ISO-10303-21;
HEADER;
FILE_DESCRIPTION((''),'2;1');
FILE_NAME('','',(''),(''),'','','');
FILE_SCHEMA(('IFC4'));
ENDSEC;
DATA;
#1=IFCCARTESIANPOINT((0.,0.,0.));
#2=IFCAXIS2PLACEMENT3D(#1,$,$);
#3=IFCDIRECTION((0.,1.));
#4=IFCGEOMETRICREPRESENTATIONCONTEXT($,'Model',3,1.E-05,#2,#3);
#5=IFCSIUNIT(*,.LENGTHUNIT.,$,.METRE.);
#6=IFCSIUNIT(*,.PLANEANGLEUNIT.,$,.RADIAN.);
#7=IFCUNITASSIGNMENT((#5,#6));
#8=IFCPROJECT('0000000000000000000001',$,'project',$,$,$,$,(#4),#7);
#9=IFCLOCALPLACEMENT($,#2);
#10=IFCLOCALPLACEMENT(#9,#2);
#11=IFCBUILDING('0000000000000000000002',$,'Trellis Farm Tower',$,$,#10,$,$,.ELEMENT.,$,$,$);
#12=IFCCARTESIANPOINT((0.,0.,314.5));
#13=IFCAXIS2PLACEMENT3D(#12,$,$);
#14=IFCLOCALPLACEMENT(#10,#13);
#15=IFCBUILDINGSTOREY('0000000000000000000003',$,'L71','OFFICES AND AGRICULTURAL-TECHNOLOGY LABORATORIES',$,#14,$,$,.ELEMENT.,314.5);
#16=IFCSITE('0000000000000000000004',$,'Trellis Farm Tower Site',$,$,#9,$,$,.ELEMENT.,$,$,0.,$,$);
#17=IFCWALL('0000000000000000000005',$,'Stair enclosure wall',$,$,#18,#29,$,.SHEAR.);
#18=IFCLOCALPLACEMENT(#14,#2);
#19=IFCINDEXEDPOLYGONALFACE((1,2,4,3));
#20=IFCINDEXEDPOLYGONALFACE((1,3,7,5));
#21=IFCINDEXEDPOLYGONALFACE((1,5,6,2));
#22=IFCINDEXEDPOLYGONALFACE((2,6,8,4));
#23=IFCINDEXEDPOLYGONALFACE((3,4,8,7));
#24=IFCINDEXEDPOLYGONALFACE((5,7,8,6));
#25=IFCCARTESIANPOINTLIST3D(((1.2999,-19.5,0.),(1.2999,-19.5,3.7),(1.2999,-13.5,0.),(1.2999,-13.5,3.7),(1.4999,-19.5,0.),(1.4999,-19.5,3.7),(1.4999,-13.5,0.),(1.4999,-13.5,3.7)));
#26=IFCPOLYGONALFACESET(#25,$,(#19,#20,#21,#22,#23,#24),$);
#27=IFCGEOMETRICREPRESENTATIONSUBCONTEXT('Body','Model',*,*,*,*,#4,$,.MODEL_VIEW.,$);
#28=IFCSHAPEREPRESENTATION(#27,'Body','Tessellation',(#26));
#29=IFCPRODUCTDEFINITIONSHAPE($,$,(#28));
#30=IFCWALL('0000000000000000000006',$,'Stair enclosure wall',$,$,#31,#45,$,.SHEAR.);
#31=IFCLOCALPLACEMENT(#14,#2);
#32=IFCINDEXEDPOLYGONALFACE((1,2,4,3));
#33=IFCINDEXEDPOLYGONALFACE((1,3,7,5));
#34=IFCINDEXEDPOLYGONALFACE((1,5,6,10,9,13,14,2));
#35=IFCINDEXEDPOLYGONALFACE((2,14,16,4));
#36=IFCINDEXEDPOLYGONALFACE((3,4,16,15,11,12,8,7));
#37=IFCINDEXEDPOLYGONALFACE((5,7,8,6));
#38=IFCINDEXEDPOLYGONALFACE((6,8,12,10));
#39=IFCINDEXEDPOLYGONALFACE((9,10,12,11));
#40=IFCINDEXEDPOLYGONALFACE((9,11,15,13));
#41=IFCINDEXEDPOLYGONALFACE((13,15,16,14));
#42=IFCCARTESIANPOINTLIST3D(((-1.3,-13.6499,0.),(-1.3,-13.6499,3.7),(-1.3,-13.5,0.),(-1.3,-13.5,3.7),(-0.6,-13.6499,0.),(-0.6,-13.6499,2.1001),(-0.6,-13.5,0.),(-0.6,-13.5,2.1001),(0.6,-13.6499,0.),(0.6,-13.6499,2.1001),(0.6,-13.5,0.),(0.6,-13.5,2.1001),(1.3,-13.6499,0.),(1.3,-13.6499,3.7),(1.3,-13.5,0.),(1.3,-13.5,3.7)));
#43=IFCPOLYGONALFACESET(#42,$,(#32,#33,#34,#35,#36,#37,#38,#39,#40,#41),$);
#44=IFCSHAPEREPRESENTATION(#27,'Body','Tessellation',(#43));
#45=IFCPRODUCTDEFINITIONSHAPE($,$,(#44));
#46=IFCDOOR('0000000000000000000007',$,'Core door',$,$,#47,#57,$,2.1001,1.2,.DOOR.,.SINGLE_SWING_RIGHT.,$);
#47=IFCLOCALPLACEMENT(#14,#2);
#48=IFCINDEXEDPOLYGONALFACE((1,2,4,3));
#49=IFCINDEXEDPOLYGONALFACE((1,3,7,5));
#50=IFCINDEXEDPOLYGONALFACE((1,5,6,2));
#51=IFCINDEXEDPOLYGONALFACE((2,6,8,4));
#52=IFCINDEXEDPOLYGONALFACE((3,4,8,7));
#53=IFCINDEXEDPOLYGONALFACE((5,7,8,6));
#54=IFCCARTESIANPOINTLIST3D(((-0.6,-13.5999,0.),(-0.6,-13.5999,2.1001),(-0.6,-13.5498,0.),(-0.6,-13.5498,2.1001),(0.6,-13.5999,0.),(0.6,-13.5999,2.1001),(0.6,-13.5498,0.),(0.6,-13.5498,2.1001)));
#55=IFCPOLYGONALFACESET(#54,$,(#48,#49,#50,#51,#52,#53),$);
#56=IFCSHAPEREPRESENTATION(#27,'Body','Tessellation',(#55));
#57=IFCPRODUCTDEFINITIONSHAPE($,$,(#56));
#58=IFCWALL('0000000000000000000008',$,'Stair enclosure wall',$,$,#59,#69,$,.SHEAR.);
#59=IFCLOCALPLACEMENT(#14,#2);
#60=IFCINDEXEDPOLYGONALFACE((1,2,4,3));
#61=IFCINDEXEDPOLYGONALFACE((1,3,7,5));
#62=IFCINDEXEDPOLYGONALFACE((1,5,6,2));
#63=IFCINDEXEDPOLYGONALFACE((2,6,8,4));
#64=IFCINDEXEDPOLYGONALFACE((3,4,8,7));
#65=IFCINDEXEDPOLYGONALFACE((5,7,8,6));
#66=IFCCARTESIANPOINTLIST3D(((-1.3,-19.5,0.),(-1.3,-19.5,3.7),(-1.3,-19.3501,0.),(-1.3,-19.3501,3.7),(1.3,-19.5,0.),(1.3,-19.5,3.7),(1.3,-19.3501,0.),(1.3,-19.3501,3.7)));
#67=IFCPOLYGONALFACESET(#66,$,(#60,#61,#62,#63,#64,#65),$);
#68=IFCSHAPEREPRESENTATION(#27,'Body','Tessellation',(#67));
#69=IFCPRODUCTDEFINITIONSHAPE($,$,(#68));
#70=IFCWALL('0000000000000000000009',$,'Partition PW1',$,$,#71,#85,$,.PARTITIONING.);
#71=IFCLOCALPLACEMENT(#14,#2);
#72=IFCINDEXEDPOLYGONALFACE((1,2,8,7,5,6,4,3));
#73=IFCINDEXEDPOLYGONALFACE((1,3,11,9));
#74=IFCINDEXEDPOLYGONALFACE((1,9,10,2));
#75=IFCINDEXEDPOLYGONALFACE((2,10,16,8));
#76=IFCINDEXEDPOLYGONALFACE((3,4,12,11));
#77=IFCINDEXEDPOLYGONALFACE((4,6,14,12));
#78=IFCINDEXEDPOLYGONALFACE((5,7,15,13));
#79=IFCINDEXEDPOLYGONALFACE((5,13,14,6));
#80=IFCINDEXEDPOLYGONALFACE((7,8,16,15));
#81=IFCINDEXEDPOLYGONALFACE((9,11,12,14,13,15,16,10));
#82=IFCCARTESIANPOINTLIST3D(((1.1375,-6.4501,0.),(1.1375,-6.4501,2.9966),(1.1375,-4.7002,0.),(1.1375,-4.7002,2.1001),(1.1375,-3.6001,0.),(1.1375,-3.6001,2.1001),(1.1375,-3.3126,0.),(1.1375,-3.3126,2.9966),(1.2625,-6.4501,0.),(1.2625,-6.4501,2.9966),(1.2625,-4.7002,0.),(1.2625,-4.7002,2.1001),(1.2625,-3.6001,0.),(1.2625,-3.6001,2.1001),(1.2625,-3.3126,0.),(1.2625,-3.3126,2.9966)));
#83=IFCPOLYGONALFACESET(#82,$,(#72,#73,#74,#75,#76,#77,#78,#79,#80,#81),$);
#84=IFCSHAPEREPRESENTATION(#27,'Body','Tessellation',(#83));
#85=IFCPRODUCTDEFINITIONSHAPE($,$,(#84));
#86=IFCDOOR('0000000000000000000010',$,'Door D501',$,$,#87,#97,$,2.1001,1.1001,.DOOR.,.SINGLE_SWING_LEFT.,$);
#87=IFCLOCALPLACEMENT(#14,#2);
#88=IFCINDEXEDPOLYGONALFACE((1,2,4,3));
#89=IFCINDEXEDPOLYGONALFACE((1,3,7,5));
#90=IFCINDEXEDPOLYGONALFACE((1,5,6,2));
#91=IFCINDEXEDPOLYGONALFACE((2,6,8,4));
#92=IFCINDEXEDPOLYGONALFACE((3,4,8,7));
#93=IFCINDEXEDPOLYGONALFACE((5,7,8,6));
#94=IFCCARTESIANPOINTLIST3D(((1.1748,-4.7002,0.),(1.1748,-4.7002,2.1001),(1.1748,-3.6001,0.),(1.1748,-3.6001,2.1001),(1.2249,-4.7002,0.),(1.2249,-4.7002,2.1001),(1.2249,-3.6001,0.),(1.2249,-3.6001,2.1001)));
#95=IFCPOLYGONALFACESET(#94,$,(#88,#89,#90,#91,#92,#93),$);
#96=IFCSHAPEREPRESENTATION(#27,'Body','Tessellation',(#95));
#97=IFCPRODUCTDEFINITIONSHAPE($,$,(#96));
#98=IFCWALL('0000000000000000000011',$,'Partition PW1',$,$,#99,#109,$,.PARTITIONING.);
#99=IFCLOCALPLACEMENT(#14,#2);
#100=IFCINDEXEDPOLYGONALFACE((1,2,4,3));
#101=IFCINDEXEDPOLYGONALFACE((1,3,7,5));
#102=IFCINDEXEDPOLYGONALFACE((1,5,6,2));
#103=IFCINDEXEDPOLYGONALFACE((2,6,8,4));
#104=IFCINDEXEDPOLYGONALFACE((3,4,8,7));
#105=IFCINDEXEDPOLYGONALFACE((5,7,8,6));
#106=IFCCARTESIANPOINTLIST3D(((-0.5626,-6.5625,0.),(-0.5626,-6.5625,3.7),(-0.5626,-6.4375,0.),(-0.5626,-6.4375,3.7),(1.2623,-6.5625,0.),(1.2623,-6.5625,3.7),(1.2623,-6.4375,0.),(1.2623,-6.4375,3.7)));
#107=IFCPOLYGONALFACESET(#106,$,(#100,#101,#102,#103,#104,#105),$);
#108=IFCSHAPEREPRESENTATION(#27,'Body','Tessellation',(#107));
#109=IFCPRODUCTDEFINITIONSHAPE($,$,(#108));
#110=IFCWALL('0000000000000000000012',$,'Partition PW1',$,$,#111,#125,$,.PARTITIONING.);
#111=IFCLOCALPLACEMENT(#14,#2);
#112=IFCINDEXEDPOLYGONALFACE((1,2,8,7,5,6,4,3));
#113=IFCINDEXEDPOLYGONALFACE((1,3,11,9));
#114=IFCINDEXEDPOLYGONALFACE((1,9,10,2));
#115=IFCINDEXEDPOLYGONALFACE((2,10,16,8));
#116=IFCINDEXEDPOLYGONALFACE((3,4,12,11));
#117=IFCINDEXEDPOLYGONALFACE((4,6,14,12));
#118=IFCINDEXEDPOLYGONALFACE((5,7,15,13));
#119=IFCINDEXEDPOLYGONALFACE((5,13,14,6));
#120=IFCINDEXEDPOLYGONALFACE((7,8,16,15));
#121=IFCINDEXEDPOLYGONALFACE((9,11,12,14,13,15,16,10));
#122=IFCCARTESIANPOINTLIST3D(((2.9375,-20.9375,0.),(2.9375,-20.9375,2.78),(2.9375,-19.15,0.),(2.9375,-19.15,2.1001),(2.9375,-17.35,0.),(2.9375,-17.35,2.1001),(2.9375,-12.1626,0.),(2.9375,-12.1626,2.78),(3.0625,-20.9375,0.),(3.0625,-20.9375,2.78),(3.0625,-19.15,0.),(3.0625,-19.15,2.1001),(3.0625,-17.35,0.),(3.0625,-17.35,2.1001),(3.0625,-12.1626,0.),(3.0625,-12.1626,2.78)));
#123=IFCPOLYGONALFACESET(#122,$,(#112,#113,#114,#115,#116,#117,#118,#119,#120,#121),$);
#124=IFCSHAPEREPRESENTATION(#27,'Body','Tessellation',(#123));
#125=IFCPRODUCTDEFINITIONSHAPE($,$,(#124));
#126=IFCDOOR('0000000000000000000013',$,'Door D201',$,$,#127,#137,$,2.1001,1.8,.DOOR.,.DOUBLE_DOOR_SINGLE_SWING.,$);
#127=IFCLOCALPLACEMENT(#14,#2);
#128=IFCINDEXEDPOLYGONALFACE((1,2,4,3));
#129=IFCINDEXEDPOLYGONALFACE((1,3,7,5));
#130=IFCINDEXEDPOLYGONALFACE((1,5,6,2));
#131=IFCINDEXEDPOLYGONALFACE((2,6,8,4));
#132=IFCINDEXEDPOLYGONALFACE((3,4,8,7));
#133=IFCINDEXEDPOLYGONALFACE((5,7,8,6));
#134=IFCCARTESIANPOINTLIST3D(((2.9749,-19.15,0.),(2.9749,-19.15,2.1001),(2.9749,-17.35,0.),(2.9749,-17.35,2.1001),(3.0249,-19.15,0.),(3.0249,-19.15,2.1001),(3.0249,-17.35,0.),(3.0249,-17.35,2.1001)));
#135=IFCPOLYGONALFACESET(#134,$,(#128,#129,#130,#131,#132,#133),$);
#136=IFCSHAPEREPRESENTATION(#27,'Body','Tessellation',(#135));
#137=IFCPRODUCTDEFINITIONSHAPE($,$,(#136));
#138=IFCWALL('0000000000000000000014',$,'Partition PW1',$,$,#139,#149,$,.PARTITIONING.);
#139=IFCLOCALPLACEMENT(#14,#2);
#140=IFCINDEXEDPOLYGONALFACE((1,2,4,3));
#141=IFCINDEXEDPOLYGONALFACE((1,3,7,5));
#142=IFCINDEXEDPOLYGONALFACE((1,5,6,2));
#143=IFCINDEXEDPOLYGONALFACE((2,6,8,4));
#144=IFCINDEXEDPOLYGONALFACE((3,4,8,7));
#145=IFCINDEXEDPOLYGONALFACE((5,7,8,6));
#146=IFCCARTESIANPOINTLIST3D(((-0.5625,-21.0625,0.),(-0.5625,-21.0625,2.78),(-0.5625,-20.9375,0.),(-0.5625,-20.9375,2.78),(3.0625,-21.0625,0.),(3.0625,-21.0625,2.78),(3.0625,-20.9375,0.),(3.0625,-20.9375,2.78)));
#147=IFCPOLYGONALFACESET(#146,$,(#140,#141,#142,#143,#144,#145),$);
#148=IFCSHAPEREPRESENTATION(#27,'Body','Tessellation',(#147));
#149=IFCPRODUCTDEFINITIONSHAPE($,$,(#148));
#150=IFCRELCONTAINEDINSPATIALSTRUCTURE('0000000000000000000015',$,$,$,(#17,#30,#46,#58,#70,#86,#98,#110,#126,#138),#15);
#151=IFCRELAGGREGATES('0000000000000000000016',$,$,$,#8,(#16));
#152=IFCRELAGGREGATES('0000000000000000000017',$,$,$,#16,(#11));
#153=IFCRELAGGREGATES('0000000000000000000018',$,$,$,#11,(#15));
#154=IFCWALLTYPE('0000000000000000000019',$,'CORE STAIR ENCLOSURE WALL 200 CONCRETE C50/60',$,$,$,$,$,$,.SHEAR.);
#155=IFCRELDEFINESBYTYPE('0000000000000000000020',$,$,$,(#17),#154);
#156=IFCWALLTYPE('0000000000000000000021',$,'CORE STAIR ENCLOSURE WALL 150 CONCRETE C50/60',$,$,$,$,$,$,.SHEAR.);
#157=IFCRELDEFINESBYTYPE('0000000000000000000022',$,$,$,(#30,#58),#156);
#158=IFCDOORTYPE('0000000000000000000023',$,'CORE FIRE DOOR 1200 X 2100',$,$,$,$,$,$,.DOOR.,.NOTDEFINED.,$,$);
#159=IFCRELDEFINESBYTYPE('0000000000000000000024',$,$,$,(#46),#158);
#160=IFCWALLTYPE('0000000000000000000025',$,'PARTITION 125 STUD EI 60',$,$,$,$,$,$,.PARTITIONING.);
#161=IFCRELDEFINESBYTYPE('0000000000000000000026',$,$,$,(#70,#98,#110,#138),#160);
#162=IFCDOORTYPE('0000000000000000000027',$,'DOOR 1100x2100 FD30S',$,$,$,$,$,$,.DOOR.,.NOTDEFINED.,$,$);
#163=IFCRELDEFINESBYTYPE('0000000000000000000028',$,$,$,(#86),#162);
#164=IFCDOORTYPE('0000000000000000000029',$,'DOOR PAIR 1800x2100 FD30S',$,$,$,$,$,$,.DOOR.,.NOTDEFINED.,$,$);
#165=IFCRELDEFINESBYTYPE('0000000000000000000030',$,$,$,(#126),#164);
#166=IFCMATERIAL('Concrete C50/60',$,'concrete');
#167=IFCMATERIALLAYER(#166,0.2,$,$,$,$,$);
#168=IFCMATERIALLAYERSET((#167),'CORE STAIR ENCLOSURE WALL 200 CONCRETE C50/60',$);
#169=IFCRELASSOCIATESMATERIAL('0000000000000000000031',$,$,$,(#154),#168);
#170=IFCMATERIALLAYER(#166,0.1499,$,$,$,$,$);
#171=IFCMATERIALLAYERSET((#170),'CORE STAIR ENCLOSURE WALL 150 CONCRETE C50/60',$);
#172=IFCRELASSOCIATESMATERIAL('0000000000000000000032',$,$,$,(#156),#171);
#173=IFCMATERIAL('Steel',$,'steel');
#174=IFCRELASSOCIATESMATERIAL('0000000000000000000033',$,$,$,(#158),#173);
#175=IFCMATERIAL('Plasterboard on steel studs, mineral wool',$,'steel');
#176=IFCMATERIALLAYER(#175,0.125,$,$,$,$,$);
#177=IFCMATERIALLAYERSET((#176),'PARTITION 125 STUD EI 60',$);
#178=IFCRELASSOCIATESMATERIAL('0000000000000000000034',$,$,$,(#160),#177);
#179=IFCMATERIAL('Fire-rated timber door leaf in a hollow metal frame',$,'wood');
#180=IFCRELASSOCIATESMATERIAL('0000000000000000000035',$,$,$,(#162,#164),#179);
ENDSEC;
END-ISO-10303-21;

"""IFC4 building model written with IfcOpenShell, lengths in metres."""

from ifc_helpers import new_model, si_unit, direction, frame, frame_2d, origin, place, context, subcontext, project, spatial, rectangle, extrude, source, transform, mapped, material, layer, layer_set, type_object, element, fill, save


model = new_model("IFC4")

# Units and contexts
model_context = context("Model", 3, precision=1e-05, world=origin(), true_north=direction((0.0, 1.0)))
body_context = subcontext(model_context, "Body", "Model", "MODEL_VIEW")
ifc_project = project(units=[si_unit("LENGTHUNIT", "METRE"), si_unit("PLANEANGLEUNIT", "RADIAN")], contexts=[model_context])

# Site, building, storey
site_placement = place(None, origin())
site = spatial("IfcSite", under=ifc_project, at=site_placement, Name="Trellis Farm Tower Site", CompositionType="ELEMENT", RefElevation=0.0)
building_placement = place(site_placement, origin())
building = spatial("IfcBuilding", under=site, at=building_placement, Name="Trellis Farm Tower", CompositionType="ELEMENT")
storey_placement = place(building_placement, frame((0.0, 0.0, 314.5)))
storey = spatial("IfcBuildingStorey", under=building, at=storey_placement, Name="L71", Description="OFFICES AND AGRICULTURAL-TECHNOLOGY LABORATORIES", CompositionType="ELEMENT", Elevation=314.5)

# Wall
ifc_material_1 = material(Name="Concrete C50/60", Category="concrete")
ifc_layer_1 = layer(ifc_material_1, 0.2)
ifc_layer_set_1 = layer_set([ifc_layer_1], Name="CORE STAIR ENCLOSURE WALL 200 CONCRETE C50/60")
wall_type_1 = type_object("IfcWallType", Name="CORE STAIR ENCLOSURE WALL 200 CONCRETE C50/60", PredefinedType="SHEAR", material=ifc_layer_set_1)
shared_shape_1 = source(origin(), body_context, "Body", "SweptSolid", [
    extrude(rectangle(XDim=6.0, YDim=0.2, at=frame_2d((3.0, 0.0))), origin(), (0.0, 0.0, 1.0), 3.7),
])
wall_1_placement = place(storey_placement, frame((1.3999, -13.5, 0.0), z_axis=(0.0, 0.0, 1.0), x_axis=(0.0, -1.0, 0.0)))
element("IfcWall", 1, at=wall_1_placement, inside=storey, type_object=wall_type_1, Name="Stair enclosure wall", PredefinedType="SHEAR", context=body_context, shape_type="MappedRepresentation", body=[
    mapped(shared_shape_1, transform((0.0, 0.0, 0.0))),
])

# Wall, opening, door
ifc_layer_2 = layer(ifc_material_1, 0.1499)
ifc_layer_set_2 = layer_set([ifc_layer_2], Name="CORE STAIR ENCLOSURE WALL 150 CONCRETE C50/60")
wall_type_2 = type_object("IfcWallType", Name="CORE STAIR ENCLOSURE WALL 150 CONCRETE C50/60", PredefinedType="SHEAR", material=ifc_layer_set_2)
shared_shape_2 = source(origin(), body_context, "Body", "SweptSolid", [
    extrude(rectangle(XDim=2.6001, YDim=0.1499, at=frame_2d((1.3, 0.0))), origin(), (0.0, 0.0, 1.0), 3.7),
])
wall_2_placement = place(storey_placement, frame((1.3, -13.575, 0.0), z_axis=(0.0, 0.0, 1.0), x_axis=(-1.0, 0.0, 0.0)))
wall_2 = element("IfcWall", 2, at=wall_2_placement, inside=storey, type_object=wall_type_2, Name="Stair enclosure wall", PredefinedType="SHEAR", context=body_context, shape_type="MappedRepresentation", body=[
    mapped(shared_shape_2, transform((0.0, 0.0, 0.0))),
])
shared_shape_3 = source(origin(), body_context, "Body", "SweptSolid", [
    extrude(rectangle(XDim=1.2, YDim=2.1001, at=frame_2d((0.6001, 1.05))), frame((0.0, 0.085, 0.0), z_axis=(0.0, -1.0, 0.0), x_axis=(1.0, 0.0, 0.0)), (0.0, 0.0, 1.0), 0.1699),
])
opening_1_placement = place(wall_2_placement, frame((0.7, 0.0, 0.0)))
opening_1 = element("IfcOpeningElement", 3, at=opening_1_placement, cuts=wall_2, PredefinedType="OPENING", context=body_context, shape_type="MappedRepresentation", body=[
    mapped(shared_shape_3, transform((0.0, 0.0, 0.0))),
])
ifc_material_2 = material(Name="Steel", Category="steel")
door_type_1 = type_object("IfcDoorType", Name="CORE FIRE DOOR 1200 X 2100", OperationType="NOTDEFINED", PredefinedType="DOOR", material=ifc_material_2)
shared_shape_4 = source(origin(), body_context, "Body", "SweptSolid", [
    extrude(rectangle(XDim=1.2, YDim=2.1001, at=frame_2d((0.6001, 1.05))), frame((0.0, 0.0249, 0.0), z_axis=(0.0, -1.0, 0.0), x_axis=(1.0, 0.0, 0.0)), (0.0, 0.0, 1.0), 0.05),
])
door_1_placement = place(opening_1_placement, origin())
door_1 = element("IfcDoor", 4, at=door_1_placement, inside=storey, type_object=door_type_1, Name="Core door", OperationType="SINGLE_SWING_RIGHT", OverallHeight=2.1001, OverallWidth=1.2, PredefinedType="DOOR", context=body_context, shape_type="MappedRepresentation", body=[
    mapped(shared_shape_4, transform((0.0, 0.0, 0.0))),
])
fill(opening_1, door_1)

# Wall
wall_3_placement = place(storey_placement, frame((1.3, -19.425, 0.0), z_axis=(0.0, 0.0, 1.0), x_axis=(-1.0, 0.0, 0.0)))
element("IfcWall", 5, at=wall_3_placement, inside=storey, type_object=wall_type_2, Name="Stair enclosure wall", PredefinedType="SHEAR", context=body_context, shape_type="MappedRepresentation", body=[
    mapped(shared_shape_2, transform((0.0, 0.0, 0.0))),
])

# Wall, opening, door
ifc_material_3 = material(Name="Plasterboard on steel studs, mineral wool", Category="steel")
ifc_layer_3 = layer(ifc_material_3, 0.125)
ifc_layer_set_3 = layer_set([ifc_layer_3], Name="PARTITION 125 STUD EI 60")
wall_type_3 = type_object("IfcWallType", Name="PARTITION 125 STUD EI 60", PredefinedType="PARTITIONING", material=ifc_layer_set_3)
shared_shape_5 = source(origin(), body_context, "Body", "SweptSolid", [
    extrude(rectangle(XDim=3.1375, YDim=0.125, at=frame_2d((1.5688, 0.0))), origin(), (0.0, 0.0, 1.0), 2.9966),
])
wall_4_placement = place(storey_placement, frame((1.2, -3.3125, 0.0), z_axis=(0.0, 0.0, 1.0), x_axis=(0.0, -1.0, 0.0)))
wall_4 = element("IfcWall", 6, at=wall_4_placement, inside=storey, type_object=wall_type_3, Name="Partition PW1", PredefinedType="PARTITIONING", context=body_context, shape_type="MappedRepresentation", body=[
    mapped(shared_shape_5, transform((0.0, 0.0, 0.0))),
])
shared_shape_6 = source(origin(), body_context, "Body", "SweptSolid", [
    extrude(rectangle(XDim=1.1001, YDim=2.1001, at=frame_2d((0.55, 1.05))), frame((0.0, 0.0725, 0.0), z_axis=(0.0, -1.0, 0.0), x_axis=(1.0, 0.0, 0.0)), (0.0, 0.0, 1.0), 0.145),
])
opening_2_placement = place(wall_4_placement, frame((0.2876, 0.0, 0.0)))
opening_2 = element("IfcOpeningElement", 7, at=opening_2_placement, cuts=wall_4, PredefinedType="OPENING", context=body_context, shape_type="MappedRepresentation", body=[
    mapped(shared_shape_6, transform((0.0, 0.0, 0.0))),
])
ifc_material_4 = material(Name="Fire-rated timber door leaf in a hollow metal frame", Category="wood")
door_type_2 = type_object("IfcDoorType", Name="DOOR 1100x2100 FD30S", OperationType="NOTDEFINED", PredefinedType="DOOR", material=ifc_material_4)
shared_shape_7 = source(origin(), body_context, "Body", "SweptSolid", [
    extrude(rectangle(XDim=1.1001, YDim=2.1001, at=frame_2d((0.55, 1.05))), frame((0.0, 0.0249, 0.0), z_axis=(0.0, -1.0, 0.0), x_axis=(1.0, 0.0, 0.0)), (0.0, 0.0, 1.0), 0.05),
])
door_2_placement = place(opening_2_placement, origin())
door_2 = element("IfcDoor", 8, at=door_2_placement, inside=storey, type_object=door_type_2, Name="Door D501", OperationType="SINGLE_SWING_LEFT", OverallHeight=2.1001, OverallWidth=1.1001, PredefinedType="DOOR", context=body_context, shape_type="MappedRepresentation", body=[
    mapped(shared_shape_7, transform((0.0, 0.0, 0.0))),
])
fill(opening_2, door_2)

# Wall
shared_shape_8 = source(origin(), body_context, "Body", "SweptSolid", [
    extrude(rectangle(XDim=1.825, YDim=0.125, at=frame_2d((0.9126, 0.0))), origin(), (0.0, 0.0, 1.0), 3.7),
])
wall_5_placement = place(storey_placement, frame((1.2625, -6.5, 0.0), z_axis=(0.0, 0.0, 1.0), x_axis=(-1.0, 0.0, 0.0)))
element("IfcWall", 9, at=wall_5_placement, inside=storey, type_object=wall_type_3, Name="Partition PW1", PredefinedType="PARTITIONING", context=body_context, shape_type="MappedRepresentation", body=[
    mapped(shared_shape_8, transform((0.0, 0.0, 0.0))),
])

# Wall, opening, door
shared_shape_9 = source(origin(), body_context, "Body", "SweptSolid", [
    extrude(rectangle(XDim=8.7749, YDim=0.125, at=frame_2d((4.3875, 0.0))), origin(), (0.0, 0.0, 1.0), 2.78),
])
wall_6_placement = place(storey_placement, frame((3.0, -12.1626, 0.0), z_axis=(0.0, 0.0, 1.0), x_axis=(0.0, -1.0, 0.0)))
wall_6 = element("IfcWall", 10, at=wall_6_placement, inside=storey, type_object=wall_type_3, Name="Partition PW1", PredefinedType="PARTITIONING", context=body_context, shape_type="MappedRepresentation", body=[
    mapped(shared_shape_9, transform((0.0, 0.0, 0.0))),
])
shared_shape_10 = source(origin(), body_context, "Body", "SweptSolid", [
    extrude(rectangle(XDim=1.8, YDim=2.1001, at=frame_2d((0.8999, 1.05))), frame((0.0, 0.0725, 0.0), z_axis=(0.0, -1.0, 0.0), x_axis=(1.0, 0.0, 0.0)), (0.0, 0.0, 1.0), 0.145),
])
opening_3_placement = place(wall_6_placement, frame((5.1875, 0.0, 0.0)))
opening_3 = element("IfcOpeningElement", 11, at=opening_3_placement, cuts=wall_6, PredefinedType="OPENING", context=body_context, shape_type="MappedRepresentation", body=[
    mapped(shared_shape_10, transform((0.0, 0.0, 0.0))),
])
door_type_3 = type_object("IfcDoorType", Name="DOOR PAIR 1800x2100 FD30S", OperationType="NOTDEFINED", PredefinedType="DOOR", material=ifc_material_4)
shared_shape_11 = source(origin(), body_context, "Body", "SweptSolid", [
    extrude(rectangle(XDim=1.8, YDim=2.1001, at=frame_2d((0.8999, 1.05))), frame((0.0, 0.0249, 0.0), z_axis=(0.0, -1.0, 0.0), x_axis=(1.0, 0.0, 0.0)), (0.0, 0.0, 1.0), 0.05),
])
door_3_placement = place(opening_3_placement, origin())
door_3 = element("IfcDoor", 12, at=door_3_placement, inside=storey, type_object=door_type_3, Name="Door D201", OperationType="DOUBLE_DOOR_SINGLE_SWING", OverallHeight=2.1001, OverallWidth=1.8, PredefinedType="DOOR", context=body_context, shape_type="MappedRepresentation", body=[
    mapped(shared_shape_11, transform((0.0, 0.0, 0.0))),
])
fill(opening_3, door_3)

# Wall
shared_shape_12 = source(origin(), body_context, "Body", "SweptSolid", [
    extrude(rectangle(XDim=3.625, YDim=0.125, at=frame_2d((1.8125, 0.0))), origin(), (0.0, 0.0, 1.0), 2.78),
])
wall_7_placement = place(storey_placement, frame((3.0625, -21.0, 0.0), z_axis=(0.0, 0.0, 1.0), x_axis=(-1.0, 0.0, 0.0)))
element("IfcWall", 13, at=wall_7_placement, inside=storey, type_object=wall_type_3, Name="Partition PW1", PredefinedType="PARTITIONING", context=body_context, shape_type="MappedRepresentation", body=[
    mapped(shared_shape_12, transform((0.0, 0.0, 0.0))),
])

save(model, "model.ifc")
